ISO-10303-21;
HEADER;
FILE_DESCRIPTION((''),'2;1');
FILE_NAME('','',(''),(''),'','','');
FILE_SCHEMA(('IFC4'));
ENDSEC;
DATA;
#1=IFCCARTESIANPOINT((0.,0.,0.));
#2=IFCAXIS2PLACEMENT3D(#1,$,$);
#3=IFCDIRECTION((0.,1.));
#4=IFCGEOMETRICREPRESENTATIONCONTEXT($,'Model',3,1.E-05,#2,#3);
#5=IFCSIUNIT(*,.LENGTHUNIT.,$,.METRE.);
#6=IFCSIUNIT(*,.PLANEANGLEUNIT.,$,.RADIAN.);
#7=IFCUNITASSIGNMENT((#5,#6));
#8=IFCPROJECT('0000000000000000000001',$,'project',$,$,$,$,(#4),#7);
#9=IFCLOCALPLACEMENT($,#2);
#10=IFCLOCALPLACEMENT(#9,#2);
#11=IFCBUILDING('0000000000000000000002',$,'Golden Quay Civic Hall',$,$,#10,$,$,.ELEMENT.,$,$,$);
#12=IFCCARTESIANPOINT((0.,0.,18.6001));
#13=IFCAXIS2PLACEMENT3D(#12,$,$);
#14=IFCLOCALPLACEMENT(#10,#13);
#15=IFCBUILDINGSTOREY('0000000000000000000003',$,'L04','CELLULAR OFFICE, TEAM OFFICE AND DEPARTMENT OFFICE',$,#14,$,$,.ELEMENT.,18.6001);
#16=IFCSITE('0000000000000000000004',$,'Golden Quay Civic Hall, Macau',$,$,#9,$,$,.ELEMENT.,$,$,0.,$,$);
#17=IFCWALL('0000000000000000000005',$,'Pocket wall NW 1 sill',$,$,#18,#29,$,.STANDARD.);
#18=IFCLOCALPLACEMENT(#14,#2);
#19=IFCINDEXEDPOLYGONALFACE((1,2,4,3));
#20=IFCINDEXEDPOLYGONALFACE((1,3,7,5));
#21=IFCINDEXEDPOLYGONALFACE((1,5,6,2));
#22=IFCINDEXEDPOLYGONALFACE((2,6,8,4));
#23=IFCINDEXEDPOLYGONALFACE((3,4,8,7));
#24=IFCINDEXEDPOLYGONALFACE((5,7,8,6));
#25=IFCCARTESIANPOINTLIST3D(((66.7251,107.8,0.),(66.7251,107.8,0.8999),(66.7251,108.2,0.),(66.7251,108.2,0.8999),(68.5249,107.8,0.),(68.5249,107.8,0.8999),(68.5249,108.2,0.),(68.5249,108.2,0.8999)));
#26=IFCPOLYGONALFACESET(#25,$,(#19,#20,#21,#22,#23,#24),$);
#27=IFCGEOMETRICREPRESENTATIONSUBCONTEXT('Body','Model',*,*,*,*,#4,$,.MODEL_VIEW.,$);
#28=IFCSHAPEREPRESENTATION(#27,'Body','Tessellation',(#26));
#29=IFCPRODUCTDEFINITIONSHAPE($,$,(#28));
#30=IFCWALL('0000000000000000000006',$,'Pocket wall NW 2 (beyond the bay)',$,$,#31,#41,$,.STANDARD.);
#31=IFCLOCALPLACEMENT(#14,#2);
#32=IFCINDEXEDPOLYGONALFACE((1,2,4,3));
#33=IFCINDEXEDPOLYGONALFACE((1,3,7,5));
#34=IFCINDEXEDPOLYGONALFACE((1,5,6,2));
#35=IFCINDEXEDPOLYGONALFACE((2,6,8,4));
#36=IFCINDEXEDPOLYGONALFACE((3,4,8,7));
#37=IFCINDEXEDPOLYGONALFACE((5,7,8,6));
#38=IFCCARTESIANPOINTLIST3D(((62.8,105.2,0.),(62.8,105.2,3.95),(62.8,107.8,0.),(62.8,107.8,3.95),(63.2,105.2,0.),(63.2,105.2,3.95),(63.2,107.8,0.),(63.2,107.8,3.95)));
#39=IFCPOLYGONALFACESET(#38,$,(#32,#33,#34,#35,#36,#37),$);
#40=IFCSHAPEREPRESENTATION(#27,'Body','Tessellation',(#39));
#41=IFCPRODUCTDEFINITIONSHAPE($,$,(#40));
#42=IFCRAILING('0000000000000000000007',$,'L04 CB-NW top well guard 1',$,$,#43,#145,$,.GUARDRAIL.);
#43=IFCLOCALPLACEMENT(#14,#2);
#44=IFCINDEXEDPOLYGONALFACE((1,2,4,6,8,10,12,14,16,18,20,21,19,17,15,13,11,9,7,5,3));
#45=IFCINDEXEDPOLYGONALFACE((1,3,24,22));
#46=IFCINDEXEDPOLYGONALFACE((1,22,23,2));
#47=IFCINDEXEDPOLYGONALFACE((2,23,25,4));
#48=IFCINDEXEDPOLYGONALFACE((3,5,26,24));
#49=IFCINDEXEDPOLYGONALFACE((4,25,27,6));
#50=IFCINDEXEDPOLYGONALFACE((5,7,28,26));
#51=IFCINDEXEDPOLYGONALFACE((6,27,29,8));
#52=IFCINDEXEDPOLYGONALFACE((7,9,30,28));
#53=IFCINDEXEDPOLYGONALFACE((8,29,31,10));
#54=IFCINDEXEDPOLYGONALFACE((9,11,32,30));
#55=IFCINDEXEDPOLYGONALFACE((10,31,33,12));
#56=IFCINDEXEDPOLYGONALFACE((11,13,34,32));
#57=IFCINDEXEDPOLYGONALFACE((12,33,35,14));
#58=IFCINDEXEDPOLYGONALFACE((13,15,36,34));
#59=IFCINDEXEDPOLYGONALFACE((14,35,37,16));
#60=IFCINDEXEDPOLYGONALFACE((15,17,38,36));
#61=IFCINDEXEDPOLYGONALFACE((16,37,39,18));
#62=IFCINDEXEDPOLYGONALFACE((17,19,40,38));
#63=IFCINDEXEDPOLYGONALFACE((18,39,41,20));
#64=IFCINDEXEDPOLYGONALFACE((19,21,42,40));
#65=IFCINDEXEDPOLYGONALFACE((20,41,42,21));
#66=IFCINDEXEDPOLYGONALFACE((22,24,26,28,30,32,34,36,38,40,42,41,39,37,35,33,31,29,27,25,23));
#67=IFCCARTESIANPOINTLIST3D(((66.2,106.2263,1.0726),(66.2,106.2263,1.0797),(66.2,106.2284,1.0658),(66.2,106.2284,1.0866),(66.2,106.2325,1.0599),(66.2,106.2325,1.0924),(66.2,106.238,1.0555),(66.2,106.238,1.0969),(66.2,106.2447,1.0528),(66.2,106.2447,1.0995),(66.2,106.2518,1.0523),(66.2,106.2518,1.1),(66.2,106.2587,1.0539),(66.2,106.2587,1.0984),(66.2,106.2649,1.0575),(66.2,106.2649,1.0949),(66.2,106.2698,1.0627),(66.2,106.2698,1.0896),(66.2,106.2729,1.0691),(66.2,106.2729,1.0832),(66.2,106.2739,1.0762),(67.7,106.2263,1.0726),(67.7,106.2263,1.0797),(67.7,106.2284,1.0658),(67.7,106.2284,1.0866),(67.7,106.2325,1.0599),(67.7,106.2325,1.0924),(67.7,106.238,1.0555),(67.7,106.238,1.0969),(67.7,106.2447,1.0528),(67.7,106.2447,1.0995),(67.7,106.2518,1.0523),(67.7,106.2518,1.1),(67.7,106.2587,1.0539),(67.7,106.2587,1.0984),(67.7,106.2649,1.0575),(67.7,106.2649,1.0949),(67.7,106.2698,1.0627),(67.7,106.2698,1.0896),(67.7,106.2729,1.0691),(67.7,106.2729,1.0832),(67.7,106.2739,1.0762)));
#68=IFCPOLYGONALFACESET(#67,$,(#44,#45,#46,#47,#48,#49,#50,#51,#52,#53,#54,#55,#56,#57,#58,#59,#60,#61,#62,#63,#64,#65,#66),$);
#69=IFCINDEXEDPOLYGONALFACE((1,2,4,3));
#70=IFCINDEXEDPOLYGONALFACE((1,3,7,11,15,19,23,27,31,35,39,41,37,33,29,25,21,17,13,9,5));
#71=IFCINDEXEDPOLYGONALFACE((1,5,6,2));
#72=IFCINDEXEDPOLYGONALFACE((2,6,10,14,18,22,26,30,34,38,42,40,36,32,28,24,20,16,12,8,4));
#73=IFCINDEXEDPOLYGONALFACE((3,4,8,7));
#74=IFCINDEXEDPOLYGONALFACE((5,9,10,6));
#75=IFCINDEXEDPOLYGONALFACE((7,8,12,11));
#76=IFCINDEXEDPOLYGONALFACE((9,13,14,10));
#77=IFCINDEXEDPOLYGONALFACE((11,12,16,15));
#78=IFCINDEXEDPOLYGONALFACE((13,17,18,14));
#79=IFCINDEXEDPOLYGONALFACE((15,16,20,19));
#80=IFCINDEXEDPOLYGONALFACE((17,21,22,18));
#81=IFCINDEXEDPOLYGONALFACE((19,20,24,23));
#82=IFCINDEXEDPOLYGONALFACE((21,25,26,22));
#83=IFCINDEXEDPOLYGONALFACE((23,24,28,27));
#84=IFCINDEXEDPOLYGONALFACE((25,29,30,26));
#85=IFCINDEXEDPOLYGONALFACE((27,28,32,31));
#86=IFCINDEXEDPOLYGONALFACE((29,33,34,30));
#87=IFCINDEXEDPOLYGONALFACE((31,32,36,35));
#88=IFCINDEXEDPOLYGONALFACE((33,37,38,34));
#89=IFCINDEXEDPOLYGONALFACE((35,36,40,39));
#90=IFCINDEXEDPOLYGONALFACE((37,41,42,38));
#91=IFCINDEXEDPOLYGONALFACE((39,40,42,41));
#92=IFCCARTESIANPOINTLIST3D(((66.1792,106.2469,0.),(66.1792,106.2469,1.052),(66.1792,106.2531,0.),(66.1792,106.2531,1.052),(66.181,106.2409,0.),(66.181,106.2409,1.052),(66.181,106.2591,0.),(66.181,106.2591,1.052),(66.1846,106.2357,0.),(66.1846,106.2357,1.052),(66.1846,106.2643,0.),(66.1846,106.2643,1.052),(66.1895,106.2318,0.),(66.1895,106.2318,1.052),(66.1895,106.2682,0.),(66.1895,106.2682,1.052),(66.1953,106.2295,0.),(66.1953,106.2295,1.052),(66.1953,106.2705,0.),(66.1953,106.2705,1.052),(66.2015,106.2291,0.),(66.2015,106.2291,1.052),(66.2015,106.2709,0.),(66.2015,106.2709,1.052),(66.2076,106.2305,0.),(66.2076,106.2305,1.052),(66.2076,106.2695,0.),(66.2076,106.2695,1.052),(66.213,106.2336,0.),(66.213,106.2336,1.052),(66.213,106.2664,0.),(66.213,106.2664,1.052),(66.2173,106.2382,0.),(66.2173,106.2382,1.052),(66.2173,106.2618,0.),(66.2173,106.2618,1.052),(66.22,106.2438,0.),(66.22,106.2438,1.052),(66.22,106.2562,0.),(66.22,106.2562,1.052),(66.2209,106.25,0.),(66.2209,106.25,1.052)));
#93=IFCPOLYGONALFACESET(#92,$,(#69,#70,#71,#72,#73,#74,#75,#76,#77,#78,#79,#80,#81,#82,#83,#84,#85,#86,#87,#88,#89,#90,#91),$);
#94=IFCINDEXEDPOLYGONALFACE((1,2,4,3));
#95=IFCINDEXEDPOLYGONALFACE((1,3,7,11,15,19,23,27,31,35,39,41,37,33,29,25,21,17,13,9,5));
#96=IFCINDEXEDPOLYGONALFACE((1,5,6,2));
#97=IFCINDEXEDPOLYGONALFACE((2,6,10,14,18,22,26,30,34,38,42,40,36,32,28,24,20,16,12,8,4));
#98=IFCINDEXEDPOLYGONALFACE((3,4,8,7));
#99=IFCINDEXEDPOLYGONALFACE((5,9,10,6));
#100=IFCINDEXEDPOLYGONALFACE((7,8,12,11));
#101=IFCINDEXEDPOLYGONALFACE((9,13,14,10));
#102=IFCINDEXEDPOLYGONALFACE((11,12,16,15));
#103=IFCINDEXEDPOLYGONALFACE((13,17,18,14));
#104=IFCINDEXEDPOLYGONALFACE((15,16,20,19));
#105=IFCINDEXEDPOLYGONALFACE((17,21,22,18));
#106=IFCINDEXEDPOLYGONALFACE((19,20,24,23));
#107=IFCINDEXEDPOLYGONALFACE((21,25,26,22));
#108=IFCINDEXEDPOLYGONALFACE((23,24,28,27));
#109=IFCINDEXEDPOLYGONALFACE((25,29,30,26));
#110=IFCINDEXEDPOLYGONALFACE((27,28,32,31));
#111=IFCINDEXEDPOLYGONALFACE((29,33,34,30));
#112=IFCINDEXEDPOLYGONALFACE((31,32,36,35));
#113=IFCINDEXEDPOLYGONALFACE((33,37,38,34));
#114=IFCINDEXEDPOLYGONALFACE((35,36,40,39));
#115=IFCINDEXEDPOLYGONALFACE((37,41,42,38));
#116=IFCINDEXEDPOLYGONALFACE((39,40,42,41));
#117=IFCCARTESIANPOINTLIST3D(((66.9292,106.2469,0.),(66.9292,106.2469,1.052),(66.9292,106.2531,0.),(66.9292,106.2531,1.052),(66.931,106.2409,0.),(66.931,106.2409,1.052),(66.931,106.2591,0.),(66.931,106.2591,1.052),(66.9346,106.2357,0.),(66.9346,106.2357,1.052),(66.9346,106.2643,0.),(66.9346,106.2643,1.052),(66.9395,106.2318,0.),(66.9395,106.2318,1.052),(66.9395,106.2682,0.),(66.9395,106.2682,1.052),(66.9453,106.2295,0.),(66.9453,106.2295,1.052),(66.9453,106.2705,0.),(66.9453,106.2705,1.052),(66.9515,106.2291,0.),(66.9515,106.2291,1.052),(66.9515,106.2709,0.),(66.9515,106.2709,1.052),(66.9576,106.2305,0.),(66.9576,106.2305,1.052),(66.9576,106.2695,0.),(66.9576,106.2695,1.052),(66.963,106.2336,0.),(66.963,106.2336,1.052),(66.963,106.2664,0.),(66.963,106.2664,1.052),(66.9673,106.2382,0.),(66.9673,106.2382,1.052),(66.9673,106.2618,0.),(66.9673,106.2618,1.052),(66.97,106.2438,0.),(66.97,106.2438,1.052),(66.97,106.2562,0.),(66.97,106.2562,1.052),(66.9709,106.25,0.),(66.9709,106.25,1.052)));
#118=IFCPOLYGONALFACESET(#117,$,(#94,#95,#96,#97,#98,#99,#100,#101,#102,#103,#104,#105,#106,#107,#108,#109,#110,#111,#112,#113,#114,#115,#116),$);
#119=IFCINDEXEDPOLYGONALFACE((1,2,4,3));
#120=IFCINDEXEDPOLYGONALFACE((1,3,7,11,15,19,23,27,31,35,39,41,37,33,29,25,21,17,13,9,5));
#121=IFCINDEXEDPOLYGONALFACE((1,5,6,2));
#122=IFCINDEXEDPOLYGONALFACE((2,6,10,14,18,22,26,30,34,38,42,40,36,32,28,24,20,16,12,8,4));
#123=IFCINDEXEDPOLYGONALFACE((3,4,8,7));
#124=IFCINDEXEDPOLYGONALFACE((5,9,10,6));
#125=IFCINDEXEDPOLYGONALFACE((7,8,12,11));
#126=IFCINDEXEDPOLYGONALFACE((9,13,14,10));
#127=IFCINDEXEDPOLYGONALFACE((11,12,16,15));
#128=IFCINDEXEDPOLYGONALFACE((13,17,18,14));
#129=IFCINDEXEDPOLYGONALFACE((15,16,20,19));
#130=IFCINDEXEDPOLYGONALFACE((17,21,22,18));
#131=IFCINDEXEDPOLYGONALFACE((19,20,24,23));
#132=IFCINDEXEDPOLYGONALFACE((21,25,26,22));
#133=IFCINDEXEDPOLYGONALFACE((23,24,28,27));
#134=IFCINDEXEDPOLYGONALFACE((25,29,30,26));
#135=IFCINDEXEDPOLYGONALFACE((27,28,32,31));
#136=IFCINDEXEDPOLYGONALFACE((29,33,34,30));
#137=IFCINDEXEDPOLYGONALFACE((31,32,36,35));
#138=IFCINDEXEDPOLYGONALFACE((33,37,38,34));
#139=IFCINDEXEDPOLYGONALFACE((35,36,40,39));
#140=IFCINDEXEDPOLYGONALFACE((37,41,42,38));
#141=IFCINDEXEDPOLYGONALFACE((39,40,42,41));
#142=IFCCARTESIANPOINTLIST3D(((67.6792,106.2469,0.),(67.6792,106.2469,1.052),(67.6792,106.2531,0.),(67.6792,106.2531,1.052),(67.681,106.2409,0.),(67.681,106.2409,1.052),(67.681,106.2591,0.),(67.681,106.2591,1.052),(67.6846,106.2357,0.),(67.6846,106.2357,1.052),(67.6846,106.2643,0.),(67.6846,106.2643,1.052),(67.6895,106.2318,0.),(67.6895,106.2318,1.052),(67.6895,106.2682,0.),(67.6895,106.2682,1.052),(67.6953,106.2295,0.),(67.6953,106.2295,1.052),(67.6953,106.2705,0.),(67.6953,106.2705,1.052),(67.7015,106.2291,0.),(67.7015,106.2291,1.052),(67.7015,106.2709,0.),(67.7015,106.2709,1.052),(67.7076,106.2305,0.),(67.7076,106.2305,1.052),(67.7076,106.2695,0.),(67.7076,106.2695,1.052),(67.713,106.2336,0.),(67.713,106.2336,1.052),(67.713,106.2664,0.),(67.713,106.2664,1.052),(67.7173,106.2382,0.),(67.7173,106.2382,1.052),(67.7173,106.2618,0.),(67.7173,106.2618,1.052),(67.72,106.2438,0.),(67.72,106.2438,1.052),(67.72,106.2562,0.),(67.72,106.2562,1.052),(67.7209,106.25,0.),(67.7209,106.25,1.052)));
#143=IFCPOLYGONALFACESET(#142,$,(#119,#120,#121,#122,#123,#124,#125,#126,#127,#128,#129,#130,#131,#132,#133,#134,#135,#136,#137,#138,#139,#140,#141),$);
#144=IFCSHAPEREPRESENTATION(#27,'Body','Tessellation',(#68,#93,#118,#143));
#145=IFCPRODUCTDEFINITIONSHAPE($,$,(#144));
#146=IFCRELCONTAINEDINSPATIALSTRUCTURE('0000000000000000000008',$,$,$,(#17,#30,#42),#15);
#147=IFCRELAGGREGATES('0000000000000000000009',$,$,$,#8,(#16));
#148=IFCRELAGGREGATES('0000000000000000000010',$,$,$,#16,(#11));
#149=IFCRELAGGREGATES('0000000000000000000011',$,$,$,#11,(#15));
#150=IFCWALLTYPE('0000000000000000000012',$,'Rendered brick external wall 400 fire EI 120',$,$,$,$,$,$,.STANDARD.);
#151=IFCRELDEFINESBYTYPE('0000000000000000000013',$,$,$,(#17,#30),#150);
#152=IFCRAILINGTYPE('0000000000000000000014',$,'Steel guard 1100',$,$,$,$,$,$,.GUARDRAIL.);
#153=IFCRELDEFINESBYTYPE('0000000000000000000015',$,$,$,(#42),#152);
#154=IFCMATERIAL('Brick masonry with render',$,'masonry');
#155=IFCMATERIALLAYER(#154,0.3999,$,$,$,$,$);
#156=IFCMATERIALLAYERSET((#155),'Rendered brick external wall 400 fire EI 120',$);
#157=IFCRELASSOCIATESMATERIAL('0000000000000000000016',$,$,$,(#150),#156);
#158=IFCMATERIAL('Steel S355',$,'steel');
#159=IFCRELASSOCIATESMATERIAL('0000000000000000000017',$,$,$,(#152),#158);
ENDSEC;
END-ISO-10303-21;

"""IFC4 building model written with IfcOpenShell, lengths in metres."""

from ifc_helpers import new_model, si_unit, direction, frame, frame_2d, origin, origin_2d, place, context, subcontext, project, spatial, rectangle, circle, extrude, material, layer, layer_set, type_object, element, save


model = new_model("IFC4")

# Units and contexts
model_context = context("Model", 3, precision=1e-05, world=origin(), true_north=direction((0.0, 1.0)))
body_context = subcontext(model_context, "Body", "Model", "MODEL_VIEW")
ifc_project = project(units=[si_unit("LENGTHUNIT", "METRE"), si_unit("PLANEANGLEUNIT", "RADIAN")], contexts=[model_context])

# Site, building, storey
site_placement = place(None, origin())
site = spatial("IfcSite", under=ifc_project, at=site_placement, Name="Golden Quay Civic Hall, Macau", CompositionType="ELEMENT", RefElevation=0.0)
building_placement = place(site_placement, origin())
building = spatial("IfcBuilding", under=site, at=building_placement, Name="Golden Quay Civic Hall", CompositionType="ELEMENT")
storey_placement = place(building_placement, frame((0.0, 0.0, 18.6001)))
storey = spatial("IfcBuildingStorey", under=building, at=storey_placement, Name="L04", Description="CELLULAR OFFICE, TEAM OFFICE AND DEPARTMENT OFFICE", CompositionType="ELEMENT", Elevation=18.6001)

# Walls
ifc_material_1 = material(Name="Brick masonry with render", Category="masonry")
ifc_layer_1 = layer(ifc_material_1, 0.3999)
ifc_layer_set_1 = layer_set([ifc_layer_1], Name="Rendered brick external wall 400 fire EI 120")
wall_type_1 = type_object("IfcWallType", Name="Rendered brick external wall 400 fire EI 120", PredefinedType="STANDARD", material=ifc_layer_set_1)
wall_1_placement = place(storey_placement, frame((66.7251, 108.0, 0.0), z_axis=(0.0, 0.0, 1.0), x_axis=(1.0, 0.0, 0.0)))
element("IfcWall", 1, at=wall_1_placement, inside=storey, type_object=wall_type_1, Name="Pocket wall NW 1 sill", PredefinedType="STANDARD", context=body_context, shape_type="SweptSolid", body=[
    extrude(rectangle(XDim=1.7998, YDim=0.3999, at=frame_2d((0.8999, 0.0))), origin(), (0.0, 0.0, 1.0), 0.8999),
])
wall_2_placement = place(storey_placement, frame((63.0, 105.2, 0.0), z_axis=(0.0, 0.0, 1.0), x_axis=(0.0, 1.0, 0.0)))
element("IfcWall", 2, at=wall_2_placement, inside=storey, type_object=wall_type_1, Name="Pocket wall NW 2 (beyond the bay)", PredefinedType="STANDARD", context=body_context, shape_type="SweptSolid", body=[
    extrude(rectangle(XDim=2.6001, YDim=0.3999, at=frame_2d((1.3, 0.0))), origin(), (0.0, 0.0, 1.0), 3.95),
])

# Railing
ifc_material_2 = material(Name="Steel S355", Category="steel")
railing_type = type_object("IfcRailingType", Name="Steel guard 1100", PredefinedType="GUARDRAIL", material=ifc_material_2)
railing_placement = place(storey_placement, frame((66.2, 106.25, 0.0)))
element("IfcRailing", 3, at=railing_placement, inside=storey, type_object=railing_type, Name="L04 CB-NW top well guard 1", PredefinedType="GUARDRAIL", context=body_context, shape_type="SweptSolid", body=[
    extrude(circle(Radius=0.0239, at=origin_2d()), frame((0.0, 0.0, 1.0762), z_axis=(1.0, 0.0, 0.0), x_axis=(0.0, 1.0, 0.0)), (0.0, 0.0, 1.0), 1.5),
    extrude(circle(Radius=0.021, at=origin_2d()), origin(), (0.0, 0.0, 1.0), 1.052),
    extrude(circle(Radius=0.021, at=origin_2d()), frame((0.75, 0.0, 0.0)), (0.0, 0.0, 1.0), 1.052),
    extrude(circle(Radius=0.021, at=origin_2d()), frame((1.5, 0.0, 0.0)), (0.0, 0.0, 1.0), 1.052),
])

save(model, "model.ifc")
